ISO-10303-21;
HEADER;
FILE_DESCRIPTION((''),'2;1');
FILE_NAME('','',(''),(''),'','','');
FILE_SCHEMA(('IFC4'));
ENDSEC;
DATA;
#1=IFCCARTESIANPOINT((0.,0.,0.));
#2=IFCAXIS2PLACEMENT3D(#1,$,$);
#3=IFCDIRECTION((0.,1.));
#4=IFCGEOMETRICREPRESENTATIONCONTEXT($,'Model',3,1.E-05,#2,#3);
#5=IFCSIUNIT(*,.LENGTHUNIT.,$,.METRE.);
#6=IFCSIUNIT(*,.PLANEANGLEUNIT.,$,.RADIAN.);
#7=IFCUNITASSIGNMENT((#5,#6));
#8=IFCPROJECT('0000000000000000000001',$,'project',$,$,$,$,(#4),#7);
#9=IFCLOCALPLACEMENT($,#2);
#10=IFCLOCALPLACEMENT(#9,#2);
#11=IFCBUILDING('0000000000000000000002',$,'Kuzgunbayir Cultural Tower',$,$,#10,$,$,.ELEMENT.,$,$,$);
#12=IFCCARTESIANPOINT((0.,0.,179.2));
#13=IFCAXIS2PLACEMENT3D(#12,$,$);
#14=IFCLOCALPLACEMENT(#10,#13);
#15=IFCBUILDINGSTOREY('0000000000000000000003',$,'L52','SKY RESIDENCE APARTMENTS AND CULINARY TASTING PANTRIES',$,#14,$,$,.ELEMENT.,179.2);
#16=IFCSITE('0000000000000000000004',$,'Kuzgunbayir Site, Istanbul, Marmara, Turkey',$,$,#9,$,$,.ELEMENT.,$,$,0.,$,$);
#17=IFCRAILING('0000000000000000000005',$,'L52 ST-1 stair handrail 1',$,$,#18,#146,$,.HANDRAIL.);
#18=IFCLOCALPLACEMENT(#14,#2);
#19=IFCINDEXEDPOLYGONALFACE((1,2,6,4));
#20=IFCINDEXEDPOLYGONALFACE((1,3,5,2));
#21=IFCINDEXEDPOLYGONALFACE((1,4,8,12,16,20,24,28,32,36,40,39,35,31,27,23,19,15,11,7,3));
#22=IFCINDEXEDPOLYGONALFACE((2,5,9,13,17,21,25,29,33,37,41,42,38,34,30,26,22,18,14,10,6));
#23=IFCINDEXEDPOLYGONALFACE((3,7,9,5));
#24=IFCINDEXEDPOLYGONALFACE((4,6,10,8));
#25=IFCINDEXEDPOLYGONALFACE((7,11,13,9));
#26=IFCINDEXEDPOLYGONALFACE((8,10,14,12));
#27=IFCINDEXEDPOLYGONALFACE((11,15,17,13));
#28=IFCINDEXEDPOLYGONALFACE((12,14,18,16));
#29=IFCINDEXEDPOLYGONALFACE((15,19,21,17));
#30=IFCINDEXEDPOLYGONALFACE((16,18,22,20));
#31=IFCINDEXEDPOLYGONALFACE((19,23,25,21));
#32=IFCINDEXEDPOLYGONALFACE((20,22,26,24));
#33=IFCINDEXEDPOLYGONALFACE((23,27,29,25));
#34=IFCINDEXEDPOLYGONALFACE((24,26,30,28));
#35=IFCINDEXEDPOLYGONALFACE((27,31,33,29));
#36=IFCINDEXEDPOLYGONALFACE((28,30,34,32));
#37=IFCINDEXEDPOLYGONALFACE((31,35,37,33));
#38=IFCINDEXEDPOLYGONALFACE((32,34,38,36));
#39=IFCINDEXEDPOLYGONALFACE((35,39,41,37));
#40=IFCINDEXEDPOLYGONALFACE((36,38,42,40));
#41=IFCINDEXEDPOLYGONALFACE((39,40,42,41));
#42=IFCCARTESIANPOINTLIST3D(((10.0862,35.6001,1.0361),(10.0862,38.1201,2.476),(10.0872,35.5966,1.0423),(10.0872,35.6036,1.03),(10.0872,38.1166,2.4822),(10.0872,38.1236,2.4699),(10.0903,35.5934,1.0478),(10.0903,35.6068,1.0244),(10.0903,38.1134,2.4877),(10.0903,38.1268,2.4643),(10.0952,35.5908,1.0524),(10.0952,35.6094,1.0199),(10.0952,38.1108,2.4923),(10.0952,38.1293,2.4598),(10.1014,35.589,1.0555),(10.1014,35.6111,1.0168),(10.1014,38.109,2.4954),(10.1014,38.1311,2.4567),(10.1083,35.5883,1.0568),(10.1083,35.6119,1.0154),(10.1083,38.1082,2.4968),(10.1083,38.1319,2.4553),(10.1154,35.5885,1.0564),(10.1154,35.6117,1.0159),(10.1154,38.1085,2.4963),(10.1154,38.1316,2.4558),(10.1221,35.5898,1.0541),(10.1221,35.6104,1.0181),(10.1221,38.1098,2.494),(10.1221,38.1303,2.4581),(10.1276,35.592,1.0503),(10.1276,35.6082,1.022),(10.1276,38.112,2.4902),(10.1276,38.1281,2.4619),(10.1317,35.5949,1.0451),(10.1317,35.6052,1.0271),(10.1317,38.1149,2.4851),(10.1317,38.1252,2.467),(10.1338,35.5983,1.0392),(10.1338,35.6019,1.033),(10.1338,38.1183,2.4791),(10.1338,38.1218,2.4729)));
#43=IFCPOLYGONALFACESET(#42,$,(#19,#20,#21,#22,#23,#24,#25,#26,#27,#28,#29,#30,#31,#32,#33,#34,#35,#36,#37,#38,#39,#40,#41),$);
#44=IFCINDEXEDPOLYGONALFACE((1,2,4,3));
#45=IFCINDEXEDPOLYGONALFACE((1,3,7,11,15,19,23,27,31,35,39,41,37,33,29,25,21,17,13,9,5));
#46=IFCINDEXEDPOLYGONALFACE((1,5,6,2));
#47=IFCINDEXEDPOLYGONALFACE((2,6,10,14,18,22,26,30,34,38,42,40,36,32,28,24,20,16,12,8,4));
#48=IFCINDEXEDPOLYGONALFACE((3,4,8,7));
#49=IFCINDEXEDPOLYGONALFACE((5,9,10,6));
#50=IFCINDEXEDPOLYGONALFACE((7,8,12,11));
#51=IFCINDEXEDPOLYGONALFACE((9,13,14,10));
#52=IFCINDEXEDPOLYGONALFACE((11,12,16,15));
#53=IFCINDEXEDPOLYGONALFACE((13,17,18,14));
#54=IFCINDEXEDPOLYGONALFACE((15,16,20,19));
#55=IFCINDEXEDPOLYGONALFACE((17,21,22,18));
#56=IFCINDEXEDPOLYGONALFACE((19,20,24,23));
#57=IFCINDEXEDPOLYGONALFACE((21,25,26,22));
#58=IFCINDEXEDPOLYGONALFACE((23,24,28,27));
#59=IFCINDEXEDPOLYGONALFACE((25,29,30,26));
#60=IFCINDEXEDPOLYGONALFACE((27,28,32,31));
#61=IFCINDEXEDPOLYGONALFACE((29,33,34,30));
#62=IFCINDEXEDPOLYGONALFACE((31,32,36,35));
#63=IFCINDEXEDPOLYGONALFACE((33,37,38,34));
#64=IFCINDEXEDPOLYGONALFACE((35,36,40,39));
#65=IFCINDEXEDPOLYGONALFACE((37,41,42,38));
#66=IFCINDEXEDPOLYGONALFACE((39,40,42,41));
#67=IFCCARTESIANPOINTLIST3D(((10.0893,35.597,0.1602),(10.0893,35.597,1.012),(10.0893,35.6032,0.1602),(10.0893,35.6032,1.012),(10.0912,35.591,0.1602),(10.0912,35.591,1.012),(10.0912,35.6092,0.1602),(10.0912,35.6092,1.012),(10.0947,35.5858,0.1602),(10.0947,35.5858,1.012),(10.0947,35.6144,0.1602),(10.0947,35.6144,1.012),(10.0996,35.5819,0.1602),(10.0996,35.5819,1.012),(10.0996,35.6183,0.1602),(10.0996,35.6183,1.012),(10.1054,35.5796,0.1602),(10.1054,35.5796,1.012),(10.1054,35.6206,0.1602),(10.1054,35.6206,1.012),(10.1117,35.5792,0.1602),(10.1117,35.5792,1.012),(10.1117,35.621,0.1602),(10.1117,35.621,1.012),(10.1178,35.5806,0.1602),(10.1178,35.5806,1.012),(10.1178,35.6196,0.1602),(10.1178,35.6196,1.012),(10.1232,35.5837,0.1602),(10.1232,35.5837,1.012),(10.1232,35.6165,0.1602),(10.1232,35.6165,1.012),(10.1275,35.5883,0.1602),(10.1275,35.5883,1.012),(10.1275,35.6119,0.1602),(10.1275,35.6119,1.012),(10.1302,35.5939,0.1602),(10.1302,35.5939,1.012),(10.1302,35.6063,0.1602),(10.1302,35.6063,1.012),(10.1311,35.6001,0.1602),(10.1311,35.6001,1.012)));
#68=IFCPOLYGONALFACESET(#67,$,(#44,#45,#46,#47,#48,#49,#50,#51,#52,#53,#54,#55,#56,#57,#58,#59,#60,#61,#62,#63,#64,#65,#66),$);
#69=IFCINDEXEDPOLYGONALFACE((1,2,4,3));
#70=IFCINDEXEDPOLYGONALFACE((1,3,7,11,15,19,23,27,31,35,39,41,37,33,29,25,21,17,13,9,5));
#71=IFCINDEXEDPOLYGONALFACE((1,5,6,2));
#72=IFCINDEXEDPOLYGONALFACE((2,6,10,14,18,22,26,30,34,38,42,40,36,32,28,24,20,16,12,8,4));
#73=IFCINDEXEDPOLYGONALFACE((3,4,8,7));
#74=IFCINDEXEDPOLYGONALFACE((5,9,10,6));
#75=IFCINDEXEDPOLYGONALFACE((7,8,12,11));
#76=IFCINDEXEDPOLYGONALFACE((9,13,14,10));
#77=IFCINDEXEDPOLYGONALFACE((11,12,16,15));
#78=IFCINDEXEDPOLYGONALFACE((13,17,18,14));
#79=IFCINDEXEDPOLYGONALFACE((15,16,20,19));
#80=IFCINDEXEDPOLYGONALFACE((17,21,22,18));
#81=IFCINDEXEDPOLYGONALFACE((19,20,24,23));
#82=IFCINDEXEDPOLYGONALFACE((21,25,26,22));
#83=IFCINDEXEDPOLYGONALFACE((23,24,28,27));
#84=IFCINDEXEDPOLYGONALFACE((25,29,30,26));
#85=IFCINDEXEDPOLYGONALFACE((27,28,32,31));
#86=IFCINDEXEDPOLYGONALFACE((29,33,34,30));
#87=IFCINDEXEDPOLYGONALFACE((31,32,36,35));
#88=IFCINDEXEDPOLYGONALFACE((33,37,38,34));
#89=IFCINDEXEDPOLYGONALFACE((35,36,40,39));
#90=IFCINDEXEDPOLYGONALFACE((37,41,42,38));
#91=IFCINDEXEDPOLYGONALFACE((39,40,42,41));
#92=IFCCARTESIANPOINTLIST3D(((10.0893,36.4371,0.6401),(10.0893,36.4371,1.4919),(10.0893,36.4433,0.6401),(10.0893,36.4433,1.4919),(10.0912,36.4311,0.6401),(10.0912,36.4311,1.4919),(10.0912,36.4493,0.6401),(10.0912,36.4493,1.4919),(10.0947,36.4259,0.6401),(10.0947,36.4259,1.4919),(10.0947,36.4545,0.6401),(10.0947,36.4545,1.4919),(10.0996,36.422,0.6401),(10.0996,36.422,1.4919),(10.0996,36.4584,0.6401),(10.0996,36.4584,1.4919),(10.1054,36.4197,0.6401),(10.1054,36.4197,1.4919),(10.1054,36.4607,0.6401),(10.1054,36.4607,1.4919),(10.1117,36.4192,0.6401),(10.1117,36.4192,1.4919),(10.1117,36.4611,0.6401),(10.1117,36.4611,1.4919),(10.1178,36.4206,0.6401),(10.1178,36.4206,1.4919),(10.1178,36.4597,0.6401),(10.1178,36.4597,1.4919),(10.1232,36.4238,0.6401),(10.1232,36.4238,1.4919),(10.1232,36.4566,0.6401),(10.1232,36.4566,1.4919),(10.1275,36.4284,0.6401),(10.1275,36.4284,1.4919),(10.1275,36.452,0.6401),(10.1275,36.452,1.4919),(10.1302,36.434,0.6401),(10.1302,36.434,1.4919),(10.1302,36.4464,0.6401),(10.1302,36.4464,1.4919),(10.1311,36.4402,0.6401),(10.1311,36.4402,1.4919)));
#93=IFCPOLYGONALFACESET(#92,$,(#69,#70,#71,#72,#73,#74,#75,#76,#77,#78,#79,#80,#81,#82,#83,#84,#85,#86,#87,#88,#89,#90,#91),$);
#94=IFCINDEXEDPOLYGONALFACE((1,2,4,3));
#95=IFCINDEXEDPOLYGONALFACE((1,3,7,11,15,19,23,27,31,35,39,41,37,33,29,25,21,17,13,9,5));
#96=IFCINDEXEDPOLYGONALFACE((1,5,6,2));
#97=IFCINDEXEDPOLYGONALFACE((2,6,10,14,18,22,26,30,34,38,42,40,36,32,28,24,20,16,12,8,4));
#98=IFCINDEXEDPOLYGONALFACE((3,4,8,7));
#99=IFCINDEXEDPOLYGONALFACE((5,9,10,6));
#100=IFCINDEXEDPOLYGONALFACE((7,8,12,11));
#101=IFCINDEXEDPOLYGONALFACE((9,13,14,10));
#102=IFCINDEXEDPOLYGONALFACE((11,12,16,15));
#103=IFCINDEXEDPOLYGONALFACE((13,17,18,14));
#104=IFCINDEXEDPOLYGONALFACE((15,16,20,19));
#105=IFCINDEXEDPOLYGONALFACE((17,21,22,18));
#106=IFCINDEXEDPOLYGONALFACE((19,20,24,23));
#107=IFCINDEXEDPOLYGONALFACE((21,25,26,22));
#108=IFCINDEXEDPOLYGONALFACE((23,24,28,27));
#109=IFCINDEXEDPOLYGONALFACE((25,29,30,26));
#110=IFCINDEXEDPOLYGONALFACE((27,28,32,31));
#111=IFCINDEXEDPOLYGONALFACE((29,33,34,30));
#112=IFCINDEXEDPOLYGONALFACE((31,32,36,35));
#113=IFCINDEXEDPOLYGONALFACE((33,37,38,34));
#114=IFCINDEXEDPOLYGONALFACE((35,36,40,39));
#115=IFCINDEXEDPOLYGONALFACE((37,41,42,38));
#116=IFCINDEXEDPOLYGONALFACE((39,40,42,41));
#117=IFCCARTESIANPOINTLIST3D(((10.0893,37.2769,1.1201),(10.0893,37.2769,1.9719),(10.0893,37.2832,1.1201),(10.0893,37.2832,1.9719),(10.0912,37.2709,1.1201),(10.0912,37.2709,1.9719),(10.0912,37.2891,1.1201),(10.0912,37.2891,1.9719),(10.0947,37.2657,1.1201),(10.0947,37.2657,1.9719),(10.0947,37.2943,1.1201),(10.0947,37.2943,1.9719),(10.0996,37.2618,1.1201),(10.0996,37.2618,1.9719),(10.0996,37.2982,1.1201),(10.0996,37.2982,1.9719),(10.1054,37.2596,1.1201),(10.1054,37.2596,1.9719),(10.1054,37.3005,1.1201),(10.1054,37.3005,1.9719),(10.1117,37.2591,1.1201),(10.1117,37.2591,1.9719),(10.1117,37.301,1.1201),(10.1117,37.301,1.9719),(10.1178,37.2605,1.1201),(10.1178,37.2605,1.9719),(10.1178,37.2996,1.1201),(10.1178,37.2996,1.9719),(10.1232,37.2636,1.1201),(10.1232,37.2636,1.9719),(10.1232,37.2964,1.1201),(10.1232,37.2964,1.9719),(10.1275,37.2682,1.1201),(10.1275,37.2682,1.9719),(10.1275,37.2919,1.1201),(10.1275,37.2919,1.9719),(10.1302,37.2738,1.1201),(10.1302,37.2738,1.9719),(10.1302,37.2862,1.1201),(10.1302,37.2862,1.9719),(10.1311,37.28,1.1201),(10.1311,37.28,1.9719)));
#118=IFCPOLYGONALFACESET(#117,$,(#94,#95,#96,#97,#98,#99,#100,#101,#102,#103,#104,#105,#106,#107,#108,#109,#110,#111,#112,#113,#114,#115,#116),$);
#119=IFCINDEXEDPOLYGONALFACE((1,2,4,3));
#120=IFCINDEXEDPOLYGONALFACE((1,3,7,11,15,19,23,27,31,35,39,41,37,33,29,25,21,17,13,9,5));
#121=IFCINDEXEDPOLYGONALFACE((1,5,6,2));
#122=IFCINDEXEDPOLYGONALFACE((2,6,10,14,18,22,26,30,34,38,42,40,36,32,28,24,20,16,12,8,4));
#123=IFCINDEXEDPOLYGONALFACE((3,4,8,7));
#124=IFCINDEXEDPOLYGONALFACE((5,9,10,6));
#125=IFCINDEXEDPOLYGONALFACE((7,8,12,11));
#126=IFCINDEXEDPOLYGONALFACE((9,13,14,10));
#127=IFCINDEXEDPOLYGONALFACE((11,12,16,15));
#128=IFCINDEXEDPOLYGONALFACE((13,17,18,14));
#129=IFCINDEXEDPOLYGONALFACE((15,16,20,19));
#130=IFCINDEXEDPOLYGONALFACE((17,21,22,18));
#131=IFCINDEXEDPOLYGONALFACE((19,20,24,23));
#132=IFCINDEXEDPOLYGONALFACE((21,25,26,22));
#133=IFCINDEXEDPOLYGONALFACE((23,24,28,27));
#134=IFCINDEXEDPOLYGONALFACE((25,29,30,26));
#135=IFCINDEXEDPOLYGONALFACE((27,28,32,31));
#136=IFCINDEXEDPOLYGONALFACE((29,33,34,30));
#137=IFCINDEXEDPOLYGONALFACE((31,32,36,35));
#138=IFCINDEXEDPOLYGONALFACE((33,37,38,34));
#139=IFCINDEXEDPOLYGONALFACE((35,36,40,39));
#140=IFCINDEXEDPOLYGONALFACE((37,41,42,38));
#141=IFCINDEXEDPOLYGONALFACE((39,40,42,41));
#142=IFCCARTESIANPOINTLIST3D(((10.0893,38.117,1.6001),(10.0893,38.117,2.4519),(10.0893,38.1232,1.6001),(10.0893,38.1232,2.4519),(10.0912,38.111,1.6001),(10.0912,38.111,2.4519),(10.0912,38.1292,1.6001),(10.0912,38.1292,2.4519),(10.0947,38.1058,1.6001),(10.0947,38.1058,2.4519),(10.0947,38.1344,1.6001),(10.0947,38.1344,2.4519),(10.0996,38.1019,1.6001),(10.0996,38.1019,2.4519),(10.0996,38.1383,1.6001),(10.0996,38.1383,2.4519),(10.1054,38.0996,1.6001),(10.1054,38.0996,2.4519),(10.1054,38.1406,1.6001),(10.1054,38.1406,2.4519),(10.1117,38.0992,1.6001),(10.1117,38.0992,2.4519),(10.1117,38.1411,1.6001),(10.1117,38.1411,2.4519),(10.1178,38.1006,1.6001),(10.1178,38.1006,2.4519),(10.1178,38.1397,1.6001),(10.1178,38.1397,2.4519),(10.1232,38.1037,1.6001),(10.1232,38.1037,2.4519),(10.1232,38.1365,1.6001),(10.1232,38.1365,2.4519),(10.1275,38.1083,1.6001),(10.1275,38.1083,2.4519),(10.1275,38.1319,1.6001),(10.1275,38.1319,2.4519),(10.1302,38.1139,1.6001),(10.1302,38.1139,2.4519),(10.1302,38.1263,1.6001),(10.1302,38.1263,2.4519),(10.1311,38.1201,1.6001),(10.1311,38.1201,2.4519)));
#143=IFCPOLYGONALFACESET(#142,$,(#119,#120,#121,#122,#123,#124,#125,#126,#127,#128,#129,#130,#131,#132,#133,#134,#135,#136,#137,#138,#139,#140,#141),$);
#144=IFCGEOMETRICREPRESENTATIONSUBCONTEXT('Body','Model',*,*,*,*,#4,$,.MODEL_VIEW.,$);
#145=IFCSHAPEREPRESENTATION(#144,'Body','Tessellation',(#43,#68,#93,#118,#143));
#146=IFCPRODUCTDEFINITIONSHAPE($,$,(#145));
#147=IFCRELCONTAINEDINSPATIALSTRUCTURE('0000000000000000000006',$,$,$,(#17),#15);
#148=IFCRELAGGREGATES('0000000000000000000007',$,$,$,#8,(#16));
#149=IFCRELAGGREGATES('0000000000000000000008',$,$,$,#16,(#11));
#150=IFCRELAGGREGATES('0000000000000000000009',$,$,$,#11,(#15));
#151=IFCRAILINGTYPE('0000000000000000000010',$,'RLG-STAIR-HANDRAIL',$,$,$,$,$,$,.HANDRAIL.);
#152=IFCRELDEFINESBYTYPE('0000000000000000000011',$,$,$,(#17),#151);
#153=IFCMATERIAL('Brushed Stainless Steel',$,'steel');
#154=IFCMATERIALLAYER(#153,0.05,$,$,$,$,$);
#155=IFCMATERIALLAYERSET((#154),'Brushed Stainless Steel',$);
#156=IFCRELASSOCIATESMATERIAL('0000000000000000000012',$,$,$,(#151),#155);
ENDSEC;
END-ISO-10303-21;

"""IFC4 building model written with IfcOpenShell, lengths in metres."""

from ifc_helpers import new_model, si_unit, direction, frame, origin, origin_2d, place, context, subcontext, project, spatial, circle, extrude, material, layer, layer_set, type_object, element, save


model = new_model("IFC4")

# Units and contexts
model_context = context("Model", 3, precision=1e-05, world=origin(), true_north=direction((0.0, 1.0)))
body_context = subcontext(model_context, "Body", "Model", "MODEL_VIEW")
ifc_project = project(units=[si_unit("LENGTHUNIT", "METRE"), si_unit("PLANEANGLEUNIT", "RADIAN")], contexts=[model_context])

# Site, building, storey
site_placement = place(None, origin())
site = spatial("IfcSite", under=ifc_project, at=site_placement, Name="Kuzgunbayir Site, Istanbul, Marmara, Turkey", CompositionType="ELEMENT", RefElevation=0.0)
building_placement = place(site_placement, origin())
building = spatial("IfcBuilding", under=site, at=building_placement, Name="Kuzgunbayir Cultural Tower", CompositionType="ELEMENT")
storey_placement = place(building_placement, frame((0.0, 0.0, 179.2)))
storey = spatial("IfcBuildingStorey", under=building, at=storey_placement, Name="L52", Description="SKY RESIDENCE APARTMENTS AND CULINARY TASTING PANTRIES", CompositionType="ELEMENT", Elevation=179.2)

# Shared definitions
ifc_material_1 = material(Name="Brushed Stainless Steel", Category="steel")

# Railing
ifc_layer_1 = layer(ifc_material_1, 0.05)
ifc_layer_set_1 = layer_set([ifc_layer_1], Name="Brushed Stainless Steel")
railing_type_1 = type_object("IfcRailingType", Name="RLG-STAIR-HANDRAIL", PredefinedType="HANDRAIL", material=ifc_layer_set_1)
railing_1_placement = place(storey_placement, frame((10.1101, 35.6001, 0.1602)))
element("IfcRailing", 1, at=railing_1_placement, inside=storey, type_object=railing_type_1, Name="L52 ST-1 stair handrail 1", PredefinedType="HANDRAIL", context=body_context, shape_type="SweptSolid", body=[
    extrude(circle(Radius=0.0239, at=origin_2d()), frame((0.0, 0.0, 0.876), z_axis=(0.0, 0.868253, 0.496121), x_axis=(-1.0, 0.0, 0.0)), (0.0, 0.0, 1.0), 2.9023),
    extrude(circle(Radius=0.021, at=origin_2d()), origin(), (0.0, 0.0, 1.0), 0.8518),
    extrude(circle(Radius=0.021, at=origin_2d()), frame((0.0, 0.8401, 0.48)), (0.0, 0.0, 1.0), 0.8518),
    extrude(circle(Radius=0.021, at=origin_2d()), frame((0.0, 1.6799, 0.96)), (0.0, 0.0, 1.0), 0.8518),
    extrude(circle(Radius=0.021, at=origin_2d()), frame((0.0, 2.52, 1.4399)), (0.0, 0.0, 1.0), 0.8518),
])

save(model, "model.ifc")
